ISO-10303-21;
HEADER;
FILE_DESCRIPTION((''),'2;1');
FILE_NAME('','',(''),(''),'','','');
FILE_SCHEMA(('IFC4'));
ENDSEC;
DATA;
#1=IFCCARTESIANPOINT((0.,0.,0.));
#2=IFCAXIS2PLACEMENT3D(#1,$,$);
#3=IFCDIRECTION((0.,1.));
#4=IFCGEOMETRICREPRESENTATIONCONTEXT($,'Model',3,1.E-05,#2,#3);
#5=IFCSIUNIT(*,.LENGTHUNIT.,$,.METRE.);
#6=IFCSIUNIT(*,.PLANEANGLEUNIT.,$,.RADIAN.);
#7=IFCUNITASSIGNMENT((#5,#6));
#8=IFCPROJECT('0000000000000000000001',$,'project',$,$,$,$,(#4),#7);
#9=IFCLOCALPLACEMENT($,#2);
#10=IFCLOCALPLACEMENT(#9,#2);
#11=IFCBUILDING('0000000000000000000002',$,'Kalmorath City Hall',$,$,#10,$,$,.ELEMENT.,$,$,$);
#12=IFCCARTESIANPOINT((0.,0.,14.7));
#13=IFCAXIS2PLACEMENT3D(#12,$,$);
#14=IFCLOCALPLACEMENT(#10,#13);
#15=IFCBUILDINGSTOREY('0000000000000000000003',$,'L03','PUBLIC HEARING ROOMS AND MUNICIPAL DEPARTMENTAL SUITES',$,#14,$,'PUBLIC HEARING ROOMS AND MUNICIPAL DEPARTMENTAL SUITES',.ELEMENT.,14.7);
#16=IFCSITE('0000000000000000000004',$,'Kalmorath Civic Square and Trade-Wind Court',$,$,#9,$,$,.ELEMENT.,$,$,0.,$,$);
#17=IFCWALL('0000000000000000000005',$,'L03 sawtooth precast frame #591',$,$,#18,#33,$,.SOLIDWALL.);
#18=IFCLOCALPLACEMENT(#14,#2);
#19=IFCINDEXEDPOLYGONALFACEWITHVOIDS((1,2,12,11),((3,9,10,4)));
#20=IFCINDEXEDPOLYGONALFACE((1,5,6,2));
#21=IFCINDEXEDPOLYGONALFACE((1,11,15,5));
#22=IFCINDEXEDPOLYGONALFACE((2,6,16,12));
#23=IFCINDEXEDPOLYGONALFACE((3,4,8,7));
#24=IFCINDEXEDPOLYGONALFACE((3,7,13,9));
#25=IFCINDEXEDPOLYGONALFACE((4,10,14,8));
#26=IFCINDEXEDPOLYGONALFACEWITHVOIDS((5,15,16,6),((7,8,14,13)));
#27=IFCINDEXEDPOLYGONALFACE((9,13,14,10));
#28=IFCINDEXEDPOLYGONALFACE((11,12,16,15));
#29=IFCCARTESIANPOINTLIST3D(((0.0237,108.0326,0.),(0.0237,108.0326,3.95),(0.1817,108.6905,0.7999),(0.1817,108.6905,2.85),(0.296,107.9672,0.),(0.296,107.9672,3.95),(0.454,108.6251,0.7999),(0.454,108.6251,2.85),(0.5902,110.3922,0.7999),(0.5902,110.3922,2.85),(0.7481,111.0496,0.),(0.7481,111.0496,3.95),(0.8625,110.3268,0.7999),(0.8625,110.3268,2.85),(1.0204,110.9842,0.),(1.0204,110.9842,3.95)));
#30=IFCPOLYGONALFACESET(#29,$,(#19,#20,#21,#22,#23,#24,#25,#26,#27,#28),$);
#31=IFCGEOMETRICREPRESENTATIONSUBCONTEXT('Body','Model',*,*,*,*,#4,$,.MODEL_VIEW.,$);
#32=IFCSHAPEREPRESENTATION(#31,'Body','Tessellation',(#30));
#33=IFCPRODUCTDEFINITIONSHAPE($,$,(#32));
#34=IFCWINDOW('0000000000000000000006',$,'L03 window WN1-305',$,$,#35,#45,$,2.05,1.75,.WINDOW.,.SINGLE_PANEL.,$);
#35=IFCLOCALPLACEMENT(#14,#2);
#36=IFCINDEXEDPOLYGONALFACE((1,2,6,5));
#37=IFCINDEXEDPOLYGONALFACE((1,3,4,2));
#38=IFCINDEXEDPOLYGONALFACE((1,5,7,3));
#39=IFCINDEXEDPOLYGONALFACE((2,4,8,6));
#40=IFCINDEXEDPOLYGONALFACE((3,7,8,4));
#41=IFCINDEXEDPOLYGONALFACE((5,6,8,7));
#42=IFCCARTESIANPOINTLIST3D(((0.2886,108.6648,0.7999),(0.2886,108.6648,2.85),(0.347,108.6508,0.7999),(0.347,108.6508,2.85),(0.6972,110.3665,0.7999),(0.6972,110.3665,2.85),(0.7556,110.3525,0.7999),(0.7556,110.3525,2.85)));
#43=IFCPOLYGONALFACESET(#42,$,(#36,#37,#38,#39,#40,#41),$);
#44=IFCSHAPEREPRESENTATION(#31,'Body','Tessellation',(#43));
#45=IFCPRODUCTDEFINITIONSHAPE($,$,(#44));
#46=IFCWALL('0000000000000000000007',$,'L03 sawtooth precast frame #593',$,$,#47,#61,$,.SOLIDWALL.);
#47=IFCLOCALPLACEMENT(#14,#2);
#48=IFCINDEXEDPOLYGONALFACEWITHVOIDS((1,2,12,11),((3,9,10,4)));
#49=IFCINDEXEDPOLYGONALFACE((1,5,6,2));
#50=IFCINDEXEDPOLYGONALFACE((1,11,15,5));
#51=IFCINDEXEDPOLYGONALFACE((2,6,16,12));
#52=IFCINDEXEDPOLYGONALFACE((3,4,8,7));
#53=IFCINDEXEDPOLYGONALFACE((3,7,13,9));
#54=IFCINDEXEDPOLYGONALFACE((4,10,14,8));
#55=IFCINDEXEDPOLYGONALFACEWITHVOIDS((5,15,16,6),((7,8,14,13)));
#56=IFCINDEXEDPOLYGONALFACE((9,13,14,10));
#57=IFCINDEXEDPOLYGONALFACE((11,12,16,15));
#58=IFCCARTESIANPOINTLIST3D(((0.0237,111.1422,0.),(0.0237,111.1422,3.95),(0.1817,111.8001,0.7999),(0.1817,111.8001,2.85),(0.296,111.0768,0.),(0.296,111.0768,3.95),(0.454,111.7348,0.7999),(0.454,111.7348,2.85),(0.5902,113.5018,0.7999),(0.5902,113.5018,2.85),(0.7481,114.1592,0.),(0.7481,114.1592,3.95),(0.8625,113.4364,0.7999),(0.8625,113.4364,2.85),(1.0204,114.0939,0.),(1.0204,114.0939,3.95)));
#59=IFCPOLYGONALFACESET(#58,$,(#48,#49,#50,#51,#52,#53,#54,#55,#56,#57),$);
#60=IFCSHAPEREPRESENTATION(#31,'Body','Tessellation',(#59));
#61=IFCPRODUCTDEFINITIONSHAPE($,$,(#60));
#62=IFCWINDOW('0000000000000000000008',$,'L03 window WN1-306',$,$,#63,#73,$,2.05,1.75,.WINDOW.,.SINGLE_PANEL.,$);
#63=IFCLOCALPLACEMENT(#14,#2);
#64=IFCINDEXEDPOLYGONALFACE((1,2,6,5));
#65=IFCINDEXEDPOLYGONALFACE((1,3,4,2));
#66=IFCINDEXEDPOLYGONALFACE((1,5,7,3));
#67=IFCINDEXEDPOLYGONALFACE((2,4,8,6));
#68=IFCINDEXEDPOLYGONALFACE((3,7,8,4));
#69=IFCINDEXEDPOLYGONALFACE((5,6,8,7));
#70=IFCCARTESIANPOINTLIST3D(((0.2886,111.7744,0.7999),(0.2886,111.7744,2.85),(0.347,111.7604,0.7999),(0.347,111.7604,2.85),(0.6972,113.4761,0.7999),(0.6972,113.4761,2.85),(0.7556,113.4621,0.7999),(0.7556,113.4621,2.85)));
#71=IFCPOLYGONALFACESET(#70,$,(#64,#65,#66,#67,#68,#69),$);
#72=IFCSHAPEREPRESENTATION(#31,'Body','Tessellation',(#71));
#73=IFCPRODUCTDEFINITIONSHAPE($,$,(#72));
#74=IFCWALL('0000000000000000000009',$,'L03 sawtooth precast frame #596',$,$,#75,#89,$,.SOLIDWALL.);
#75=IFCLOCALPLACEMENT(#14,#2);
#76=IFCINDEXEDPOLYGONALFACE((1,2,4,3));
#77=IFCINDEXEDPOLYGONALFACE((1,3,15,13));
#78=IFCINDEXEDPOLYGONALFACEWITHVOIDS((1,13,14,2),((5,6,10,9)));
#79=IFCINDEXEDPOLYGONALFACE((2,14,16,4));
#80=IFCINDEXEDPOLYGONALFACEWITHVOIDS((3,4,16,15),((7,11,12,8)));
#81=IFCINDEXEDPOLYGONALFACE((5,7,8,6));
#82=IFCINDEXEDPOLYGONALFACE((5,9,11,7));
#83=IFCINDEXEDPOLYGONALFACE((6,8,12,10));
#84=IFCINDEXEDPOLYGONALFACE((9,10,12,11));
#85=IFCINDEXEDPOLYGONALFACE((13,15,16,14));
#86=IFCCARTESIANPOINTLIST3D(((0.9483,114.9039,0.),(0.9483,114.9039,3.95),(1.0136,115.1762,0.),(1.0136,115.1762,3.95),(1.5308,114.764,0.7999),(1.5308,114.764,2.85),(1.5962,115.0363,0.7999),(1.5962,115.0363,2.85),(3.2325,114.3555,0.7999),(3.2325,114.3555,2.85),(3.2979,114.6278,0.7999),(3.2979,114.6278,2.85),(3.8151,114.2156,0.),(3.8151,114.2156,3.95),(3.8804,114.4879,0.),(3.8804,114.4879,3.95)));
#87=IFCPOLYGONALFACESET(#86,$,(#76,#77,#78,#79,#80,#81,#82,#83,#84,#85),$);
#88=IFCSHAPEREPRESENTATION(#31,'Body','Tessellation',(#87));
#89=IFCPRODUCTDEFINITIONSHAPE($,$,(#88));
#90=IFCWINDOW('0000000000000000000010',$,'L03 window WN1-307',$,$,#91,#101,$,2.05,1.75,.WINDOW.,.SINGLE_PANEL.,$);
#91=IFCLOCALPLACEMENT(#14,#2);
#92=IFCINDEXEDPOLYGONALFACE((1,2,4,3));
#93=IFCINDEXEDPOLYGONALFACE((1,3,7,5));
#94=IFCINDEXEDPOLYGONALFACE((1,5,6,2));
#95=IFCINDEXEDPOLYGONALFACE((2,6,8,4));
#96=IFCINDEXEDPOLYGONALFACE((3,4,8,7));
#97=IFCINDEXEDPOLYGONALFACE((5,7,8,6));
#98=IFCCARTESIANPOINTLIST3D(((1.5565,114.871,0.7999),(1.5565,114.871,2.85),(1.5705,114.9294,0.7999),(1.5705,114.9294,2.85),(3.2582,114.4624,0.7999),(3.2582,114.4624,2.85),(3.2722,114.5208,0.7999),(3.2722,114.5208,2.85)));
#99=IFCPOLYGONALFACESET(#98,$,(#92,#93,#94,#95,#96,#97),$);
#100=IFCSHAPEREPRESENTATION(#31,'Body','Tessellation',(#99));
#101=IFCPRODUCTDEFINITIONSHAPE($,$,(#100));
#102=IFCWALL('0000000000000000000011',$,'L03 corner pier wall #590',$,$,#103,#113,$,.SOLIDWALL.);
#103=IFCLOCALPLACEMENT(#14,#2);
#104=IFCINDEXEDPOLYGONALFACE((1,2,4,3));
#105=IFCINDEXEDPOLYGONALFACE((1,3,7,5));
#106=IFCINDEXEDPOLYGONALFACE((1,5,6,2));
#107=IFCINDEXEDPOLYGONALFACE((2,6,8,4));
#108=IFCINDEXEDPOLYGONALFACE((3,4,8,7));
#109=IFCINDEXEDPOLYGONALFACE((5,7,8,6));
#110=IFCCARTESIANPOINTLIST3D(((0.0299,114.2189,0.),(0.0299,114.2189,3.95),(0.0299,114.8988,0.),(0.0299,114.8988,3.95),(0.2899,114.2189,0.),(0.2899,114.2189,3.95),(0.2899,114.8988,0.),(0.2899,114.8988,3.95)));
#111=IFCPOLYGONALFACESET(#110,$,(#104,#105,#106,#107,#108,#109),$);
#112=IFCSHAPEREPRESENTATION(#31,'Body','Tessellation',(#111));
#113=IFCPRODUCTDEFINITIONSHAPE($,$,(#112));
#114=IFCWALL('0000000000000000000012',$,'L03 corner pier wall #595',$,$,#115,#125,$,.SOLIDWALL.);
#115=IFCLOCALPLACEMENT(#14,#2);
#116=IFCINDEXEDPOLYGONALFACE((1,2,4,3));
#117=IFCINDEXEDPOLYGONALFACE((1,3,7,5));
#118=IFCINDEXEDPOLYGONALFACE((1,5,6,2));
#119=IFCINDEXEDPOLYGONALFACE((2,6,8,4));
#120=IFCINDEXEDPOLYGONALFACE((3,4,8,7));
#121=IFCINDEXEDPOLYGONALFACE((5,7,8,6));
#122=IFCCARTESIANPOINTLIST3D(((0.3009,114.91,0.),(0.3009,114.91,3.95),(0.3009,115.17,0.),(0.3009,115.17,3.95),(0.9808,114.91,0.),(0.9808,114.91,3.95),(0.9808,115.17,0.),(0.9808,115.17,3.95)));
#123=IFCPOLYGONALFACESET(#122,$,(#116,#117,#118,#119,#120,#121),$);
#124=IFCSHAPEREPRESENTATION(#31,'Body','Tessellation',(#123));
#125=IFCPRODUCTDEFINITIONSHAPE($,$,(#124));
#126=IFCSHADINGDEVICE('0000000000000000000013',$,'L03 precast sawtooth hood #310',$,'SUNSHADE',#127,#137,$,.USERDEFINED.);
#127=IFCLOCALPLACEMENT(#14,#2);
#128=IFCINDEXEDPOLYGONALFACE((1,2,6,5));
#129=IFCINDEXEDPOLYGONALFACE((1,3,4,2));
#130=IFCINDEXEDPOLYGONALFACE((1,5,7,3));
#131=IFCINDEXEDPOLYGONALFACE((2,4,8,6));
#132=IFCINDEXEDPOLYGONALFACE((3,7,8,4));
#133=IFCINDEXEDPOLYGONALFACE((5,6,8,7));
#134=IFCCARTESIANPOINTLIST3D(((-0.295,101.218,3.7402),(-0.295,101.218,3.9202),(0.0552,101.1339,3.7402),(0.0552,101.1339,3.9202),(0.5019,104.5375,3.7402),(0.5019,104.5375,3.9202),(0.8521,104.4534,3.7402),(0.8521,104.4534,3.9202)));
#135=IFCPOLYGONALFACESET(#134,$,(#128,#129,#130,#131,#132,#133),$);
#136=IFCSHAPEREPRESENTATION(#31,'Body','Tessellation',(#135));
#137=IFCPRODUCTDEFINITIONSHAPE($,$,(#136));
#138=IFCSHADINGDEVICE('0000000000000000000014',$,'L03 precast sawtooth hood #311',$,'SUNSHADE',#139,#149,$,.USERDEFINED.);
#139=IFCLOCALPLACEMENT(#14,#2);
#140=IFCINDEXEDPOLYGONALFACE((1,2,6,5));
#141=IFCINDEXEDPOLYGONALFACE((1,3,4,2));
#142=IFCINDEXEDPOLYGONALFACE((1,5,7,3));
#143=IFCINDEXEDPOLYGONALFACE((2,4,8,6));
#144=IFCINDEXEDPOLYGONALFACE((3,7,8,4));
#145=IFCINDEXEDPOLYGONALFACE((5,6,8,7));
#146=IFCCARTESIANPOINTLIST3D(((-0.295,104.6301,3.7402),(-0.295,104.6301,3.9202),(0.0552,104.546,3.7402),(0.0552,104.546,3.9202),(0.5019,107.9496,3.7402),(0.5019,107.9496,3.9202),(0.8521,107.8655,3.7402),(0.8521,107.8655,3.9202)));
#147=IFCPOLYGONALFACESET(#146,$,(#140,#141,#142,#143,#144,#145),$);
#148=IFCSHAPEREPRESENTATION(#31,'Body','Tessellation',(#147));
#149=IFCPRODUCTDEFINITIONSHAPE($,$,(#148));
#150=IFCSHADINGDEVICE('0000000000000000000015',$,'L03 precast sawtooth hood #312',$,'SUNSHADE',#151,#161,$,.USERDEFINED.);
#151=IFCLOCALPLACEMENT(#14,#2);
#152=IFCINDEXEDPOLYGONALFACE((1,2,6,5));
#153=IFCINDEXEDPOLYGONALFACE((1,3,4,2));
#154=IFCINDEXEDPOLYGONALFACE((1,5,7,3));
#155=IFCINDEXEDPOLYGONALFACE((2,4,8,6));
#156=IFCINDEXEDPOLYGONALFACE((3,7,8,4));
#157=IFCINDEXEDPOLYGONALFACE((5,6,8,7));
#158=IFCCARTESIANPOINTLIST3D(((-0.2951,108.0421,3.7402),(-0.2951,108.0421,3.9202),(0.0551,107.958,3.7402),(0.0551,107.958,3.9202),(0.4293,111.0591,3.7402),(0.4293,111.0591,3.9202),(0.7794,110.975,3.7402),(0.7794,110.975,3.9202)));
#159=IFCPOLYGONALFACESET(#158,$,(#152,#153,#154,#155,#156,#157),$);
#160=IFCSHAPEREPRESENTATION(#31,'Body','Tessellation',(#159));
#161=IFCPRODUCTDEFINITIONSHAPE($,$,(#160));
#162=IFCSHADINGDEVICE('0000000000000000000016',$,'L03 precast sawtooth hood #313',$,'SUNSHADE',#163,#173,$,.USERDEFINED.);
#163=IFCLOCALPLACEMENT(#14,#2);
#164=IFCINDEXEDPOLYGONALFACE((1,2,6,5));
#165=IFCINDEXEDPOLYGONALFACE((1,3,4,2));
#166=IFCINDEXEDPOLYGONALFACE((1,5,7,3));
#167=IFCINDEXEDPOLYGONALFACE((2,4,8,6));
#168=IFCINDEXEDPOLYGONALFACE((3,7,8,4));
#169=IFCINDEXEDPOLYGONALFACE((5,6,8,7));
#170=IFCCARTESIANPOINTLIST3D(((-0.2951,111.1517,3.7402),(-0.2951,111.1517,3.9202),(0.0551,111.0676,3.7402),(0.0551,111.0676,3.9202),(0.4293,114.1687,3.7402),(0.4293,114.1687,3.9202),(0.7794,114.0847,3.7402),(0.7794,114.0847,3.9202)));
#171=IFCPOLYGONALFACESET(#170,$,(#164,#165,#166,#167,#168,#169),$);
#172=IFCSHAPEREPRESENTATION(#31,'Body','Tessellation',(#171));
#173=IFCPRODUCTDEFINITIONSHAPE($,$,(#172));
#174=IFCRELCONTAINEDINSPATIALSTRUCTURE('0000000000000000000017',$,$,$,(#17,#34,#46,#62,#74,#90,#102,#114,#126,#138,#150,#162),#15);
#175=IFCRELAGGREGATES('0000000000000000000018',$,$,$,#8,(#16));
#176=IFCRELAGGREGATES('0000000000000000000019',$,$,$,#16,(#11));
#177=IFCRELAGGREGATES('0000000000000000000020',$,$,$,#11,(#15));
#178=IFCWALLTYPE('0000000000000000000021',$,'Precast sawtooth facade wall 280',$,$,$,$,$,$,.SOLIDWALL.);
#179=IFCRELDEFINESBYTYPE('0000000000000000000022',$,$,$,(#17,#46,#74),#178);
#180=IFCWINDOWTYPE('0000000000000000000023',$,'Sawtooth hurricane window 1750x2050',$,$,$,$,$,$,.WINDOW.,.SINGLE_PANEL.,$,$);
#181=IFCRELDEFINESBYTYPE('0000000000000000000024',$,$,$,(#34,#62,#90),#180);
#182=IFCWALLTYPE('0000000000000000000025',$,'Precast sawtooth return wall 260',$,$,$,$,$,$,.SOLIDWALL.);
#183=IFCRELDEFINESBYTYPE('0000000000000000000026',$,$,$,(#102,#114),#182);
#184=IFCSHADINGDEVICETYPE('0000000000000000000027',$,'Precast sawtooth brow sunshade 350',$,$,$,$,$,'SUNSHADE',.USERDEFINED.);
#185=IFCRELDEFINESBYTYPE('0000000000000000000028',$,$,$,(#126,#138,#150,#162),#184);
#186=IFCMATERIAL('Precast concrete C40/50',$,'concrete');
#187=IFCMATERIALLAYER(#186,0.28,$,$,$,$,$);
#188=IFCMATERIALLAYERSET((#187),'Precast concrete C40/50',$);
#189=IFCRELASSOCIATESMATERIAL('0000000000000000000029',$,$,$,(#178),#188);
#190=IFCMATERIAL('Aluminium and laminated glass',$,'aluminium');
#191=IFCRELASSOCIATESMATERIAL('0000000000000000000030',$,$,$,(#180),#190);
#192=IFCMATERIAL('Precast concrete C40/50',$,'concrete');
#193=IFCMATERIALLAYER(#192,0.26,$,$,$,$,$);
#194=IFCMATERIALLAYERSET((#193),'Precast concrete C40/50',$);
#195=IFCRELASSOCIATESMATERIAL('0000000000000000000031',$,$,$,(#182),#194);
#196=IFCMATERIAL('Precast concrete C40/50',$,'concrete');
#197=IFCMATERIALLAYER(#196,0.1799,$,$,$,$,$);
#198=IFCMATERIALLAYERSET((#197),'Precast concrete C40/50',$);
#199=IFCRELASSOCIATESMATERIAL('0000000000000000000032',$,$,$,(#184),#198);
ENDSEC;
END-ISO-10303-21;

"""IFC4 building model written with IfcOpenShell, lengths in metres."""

from ifc_helpers import new_model, si_unit, direction, frame, frame_2d, origin, origin_2d, place, context, subcontext, project, spatial, rectangle, extrude, material, layer, layer_set, type_object, element, fill, save


model = new_model("IFC4")

# Units and contexts
model_context = context("Model", 3, precision=1e-05, world=origin(), true_north=direction((0.0, 1.0)))
body_context = subcontext(model_context, "Body", "Model", "MODEL_VIEW")
ifc_project = project(units=[si_unit("LENGTHUNIT", "METRE"), si_unit("PLANEANGLEUNIT", "RADIAN")], contexts=[model_context])

# Site, building, storey
site_placement = place(None, origin())
site = spatial("IfcSite", under=ifc_project, at=site_placement, Name="Kalmorath Civic Square and Trade-Wind Court", CompositionType="ELEMENT", RefElevation=0.0)
building_placement = place(site_placement, origin())
building = spatial("IfcBuilding", under=site, at=building_placement, Name="Kalmorath City Hall", CompositionType="ELEMENT")
storey_placement = place(building_placement, frame((0.0, 0.0, 14.7)))
storey = spatial("IfcBuildingStorey", under=building, at=storey_placement, Name="L03", Description="PUBLIC HEARING ROOMS AND MUNICIPAL DEPARTMENTAL SUITES", LongName="PUBLIC HEARING ROOMS AND MUNICIPAL DEPARTMENTAL SUITES", CompositionType="ELEMENT", Elevation=14.7)

# Walls, openings, windows
ifc_material_1 = material(Name="Precast concrete C40/50", Category="concrete")
ifc_layer_1 = layer(ifc_material_1, 0.28)
ifc_layer_set_1 = layer_set([ifc_layer_1], Name="Precast concrete C40/50")
wall_type_1 = type_object("IfcWallType", Name="Precast sawtooth facade wall 280", PredefinedType="SOLIDWALL", material=ifc_layer_set_1)
ifc_material_2 = material(Name="Aluminium and laminated glass", Category="aluminium")
window_type = type_object("IfcWindowType", Name="Sawtooth hurricane window 1750x2050", PartitioningType="SINGLE_PANEL", PredefinedType="WINDOW", material=ifc_material_2)
wall_1_placement = place(storey_placement, frame((0.1599, 108.0, 0.0), z_axis=(0.0, 0.0, 1.0), x_axis=(0.233453, 0.972368, 0.0)))
wall_1 = element("IfcWall", 1, at=wall_1_placement, inside=storey, type_object=wall_type_1, Name="L03 sawtooth precast frame #591", PredefinedType="SOLIDWALL", context=body_context, shape_type="SweptSolid", body=[
    extrude(rectangle(XDim=3.1028, YDim=0.28, at=frame_2d((1.5513, 0.0))), origin(), (0.0, 0.0, 1.0), 3.95),
])
opening_1_placement = place(wall_1_placement, frame((0.6765, 0.0, 0.8)))
opening_1 = element("IfcOpeningElement", 2, at=opening_1_placement, cuts=wall_1, PredefinedType="OPENING", context=body_context, shape_type="SweptSolid", body=[
    extrude(rectangle(XDim=1.75, YDim=2.05, at=frame_2d((0.875, 1.0249))), frame((0.0, 0.1499, 0.0), z_axis=(0.0, -1.0, 0.0), x_axis=(1.0, 0.0, 0.0)), (0.0, 0.0, 1.0), 0.3),
])
window_1_placement = place(opening_1_placement, origin())
window_1 = element("IfcWindow", 3, at=window_1_placement, inside=storey, type_object=window_type, Name="L03 window WN1-305", OverallHeight=2.05, OverallWidth=1.75, PartitioningType="SINGLE_PANEL", PredefinedType="WINDOW", context=body_context, shape_type="SweptSolid", body=[
    extrude(rectangle(XDim=1.75, YDim=2.05, at=frame_2d((0.875, 1.0249))), frame((0.0, 0.03, 0.0), z_axis=(0.0, -1.0, 0.0), x_axis=(1.0, 0.0, 0.0)), (0.0, 0.0, 1.0), 0.0601),
])
fill(opening_1, window_1)
wall_2_placement = place(storey_placement, frame((0.1599, 111.1096, 0.0), z_axis=(0.0, 0.0, 1.0), x_axis=(0.233453, 0.972368, 0.0)))
wall_2 = element("IfcWall", 4, at=wall_2_placement, inside=storey, type_object=wall_type_1, Name="L03 sawtooth precast frame #593", PredefinedType="SOLIDWALL", context=body_context, shape_type="SweptSolid", body=[
    extrude(rectangle(XDim=3.1028, YDim=0.28, at=frame_2d((1.5513, 0.0))), origin(), (0.0, 0.0, 1.0), 3.95),
])
opening_2_placement = place(wall_2_placement, frame((0.6765, 0.0, 0.8)))
opening_2 = element("IfcOpeningElement", 5, at=opening_2_placement, cuts=wall_2, PredefinedType="OPENING", context=body_context, shape_type="SweptSolid", body=[
    extrude(rectangle(XDim=1.75, YDim=2.05, at=frame_2d((0.875, 1.0249))), frame((0.0, 0.1499, 0.0), z_axis=(0.0, -1.0, 0.0), x_axis=(1.0, 0.0, 0.0)), (0.0, 0.0, 1.0), 0.3),
])
window_2_placement = place(opening_2_placement, origin())
window_2 = element("IfcWindow", 6, at=window_2_placement, inside=storey, type_object=window_type, Name="L03 window WN1-306", OverallHeight=2.05, OverallWidth=1.75, PartitioningType="SINGLE_PANEL", PredefinedType="WINDOW", context=body_context, shape_type="SweptSolid", body=[
    extrude(rectangle(XDim=1.75, YDim=2.05, at=frame_2d((0.875, 1.0249))), frame((0.0, 0.03, 0.0), z_axis=(0.0, -1.0, 0.0), x_axis=(1.0, 0.0, 0.0)), (0.0, 0.0, 1.0), 0.0601),
])
fill(opening_2, window_2)
wall_3_placement = place(storey_placement, frame((0.981, 115.04, 0.0), z_axis=(0.0, 0.0, 1.0), x_axis=(0.97237, -0.233445, 0.0)))
wall_3 = element("IfcWall", 7, at=wall_3_placement, inside=storey, type_object=wall_type_1, Name="L03 sawtooth precast frame #596", PredefinedType="SOLIDWALL", context=body_context, shape_type="SweptSolid", body=[
    extrude(rectangle(XDim=2.9482, YDim=0.28, at=frame_2d((1.4741, 0.0))), origin(), (0.0, 0.0, 1.0), 3.95),
])
opening_3_placement = place(wall_3_placement, frame((0.5991, 0.0, 0.8)))
opening_3 = element("IfcOpeningElement", 8, at=opening_3_placement, cuts=wall_3, PredefinedType="OPENING", context=body_context, shape_type="SweptSolid", body=[
    extrude(rectangle(XDim=1.75, YDim=2.05, at=frame_2d((0.875, 1.0249))), frame((0.0, 0.1499, 0.0), z_axis=(0.0, -1.0, 0.0), x_axis=(1.0, 0.0, 0.0)), (0.0, 0.0, 1.0), 0.3),
])
window_3_placement = place(opening_3_placement, origin())
window_3 = element("IfcWindow", 9, at=window_3_placement, inside=storey, type_object=window_type, Name="L03 window WN1-307", OverallHeight=2.05, OverallWidth=1.75, PartitioningType="SINGLE_PANEL", PredefinedType="WINDOW", context=body_context, shape_type="SweptSolid", body=[
    extrude(rectangle(XDim=1.75, YDim=2.05, at=frame_2d((0.875, 1.0249))), frame((0.0, 0.03, 0.0), z_axis=(0.0, -1.0, 0.0), x_axis=(1.0, 0.0, 0.0)), (0.0, 0.0, 1.0), 0.0601),
])
fill(opening_3, window_3)

# Walls
ifc_material_3 = material(Name="Precast concrete C40/50", Category="concrete")
ifc_layer_2 = layer(ifc_material_3, 0.26)
ifc_layer_set_2 = layer_set([ifc_layer_2], Name="Precast concrete C40/50")
wall_type_2 = type_object("IfcWallType", Name="Precast sawtooth return wall 260", PredefinedType="SOLIDWALL", material=ifc_layer_set_2)
for number, where, z_axis, x_axis, name in (
    (10, (0.1599, 114.219, 0.0), (0.0, 0.0, 1.0), (0.0, 1.0, 0.0), "L03 corner pier wall #590"),
    (11, (0.301, 115.04, 0.0), (0.0, 0.0, 1.0), (1.0, 0.0, 0.0), "L03 corner pier wall #595"),
):
    element("IfcWall", number, at=place(storey_placement, frame(where, z_axis=z_axis, x_axis=x_axis)), inside=storey, type_object=wall_type_2, Name=name, PredefinedType="SOLIDWALL", context=body_context, shape_type="SweptSolid", body=[
        extrude(rectangle(XDim=0.6799, YDim=0.26, at=frame_2d((0.3398, 0.0))), origin(), (0.0, 0.0, 1.0), 3.95),
    ])

# Shading devices
ifc_material_4 = material(Name="Precast concrete C40/50", Category="concrete")
ifc_layer_3 = layer(ifc_material_4, 0.1799)
ifc_layer_set_3 = layer_set([ifc_layer_3], Name="Precast concrete C40/50")
shading_device_type = type_object("IfcShadingDeviceType", Name="Precast sawtooth brow sunshade 350", ElementType="SUNSHADE", PredefinedType="USERDEFINED", material=ifc_layer_set_3)
for number, where, z_axis, x_axis, name in (
    (12, (0.2786, 102.8357, 3.7402), (0.0, 0.0, 1.0), (0.233428, 0.972374, 0.0), "L03 precast sawtooth hood #310"),
    (13, (0.2786, 106.2478, 3.7402), (0.0, 0.0, 1.0), (0.233428, 0.972374, 0.0), "L03 precast sawtooth hood #311"),
):
    element("IfcShadingDevice", number, at=place(storey_placement, frame(where, z_axis=z_axis, x_axis=x_axis)), inside=storey, type_object=shading_device_type, Name=name, ObjectType="SUNSHADE", PredefinedType="USERDEFINED", context=body_context, shape_type="SweptSolid", body=[
        extrude(rectangle(XDim=3.4138, YDim=0.3601, at=origin_2d()), origin(), (0.0, 0.0, 1.0), 0.1799),
    ])
for number, where, z_axis, x_axis, name in (
    (14, (0.2422, 109.5085, 3.7402), (0.0, 0.0, 1.0), (0.233445, 0.97237, 0.0), "L03 precast sawtooth hood #312"),
    (15, (0.2422, 112.6182, 3.7402), (0.0, 0.0, 1.0), (0.233445, 0.97237, 0.0), "L03 precast sawtooth hood #313"),
):
    element("IfcShadingDevice", number, at=place(storey_placement, frame(where, z_axis=z_axis, x_axis=x_axis)), inside=storey, type_object=shading_device_type, Name=name, ObjectType="SUNSHADE", PredefinedType="USERDEFINED", context=body_context, shape_type="SweptSolid", body=[
        extrude(rectangle(XDim=3.1028, YDim=0.3601, at=origin_2d()), origin(), (0.0, 0.0, 1.0), 0.1799),
    ])

save(model, "model.ifc")
